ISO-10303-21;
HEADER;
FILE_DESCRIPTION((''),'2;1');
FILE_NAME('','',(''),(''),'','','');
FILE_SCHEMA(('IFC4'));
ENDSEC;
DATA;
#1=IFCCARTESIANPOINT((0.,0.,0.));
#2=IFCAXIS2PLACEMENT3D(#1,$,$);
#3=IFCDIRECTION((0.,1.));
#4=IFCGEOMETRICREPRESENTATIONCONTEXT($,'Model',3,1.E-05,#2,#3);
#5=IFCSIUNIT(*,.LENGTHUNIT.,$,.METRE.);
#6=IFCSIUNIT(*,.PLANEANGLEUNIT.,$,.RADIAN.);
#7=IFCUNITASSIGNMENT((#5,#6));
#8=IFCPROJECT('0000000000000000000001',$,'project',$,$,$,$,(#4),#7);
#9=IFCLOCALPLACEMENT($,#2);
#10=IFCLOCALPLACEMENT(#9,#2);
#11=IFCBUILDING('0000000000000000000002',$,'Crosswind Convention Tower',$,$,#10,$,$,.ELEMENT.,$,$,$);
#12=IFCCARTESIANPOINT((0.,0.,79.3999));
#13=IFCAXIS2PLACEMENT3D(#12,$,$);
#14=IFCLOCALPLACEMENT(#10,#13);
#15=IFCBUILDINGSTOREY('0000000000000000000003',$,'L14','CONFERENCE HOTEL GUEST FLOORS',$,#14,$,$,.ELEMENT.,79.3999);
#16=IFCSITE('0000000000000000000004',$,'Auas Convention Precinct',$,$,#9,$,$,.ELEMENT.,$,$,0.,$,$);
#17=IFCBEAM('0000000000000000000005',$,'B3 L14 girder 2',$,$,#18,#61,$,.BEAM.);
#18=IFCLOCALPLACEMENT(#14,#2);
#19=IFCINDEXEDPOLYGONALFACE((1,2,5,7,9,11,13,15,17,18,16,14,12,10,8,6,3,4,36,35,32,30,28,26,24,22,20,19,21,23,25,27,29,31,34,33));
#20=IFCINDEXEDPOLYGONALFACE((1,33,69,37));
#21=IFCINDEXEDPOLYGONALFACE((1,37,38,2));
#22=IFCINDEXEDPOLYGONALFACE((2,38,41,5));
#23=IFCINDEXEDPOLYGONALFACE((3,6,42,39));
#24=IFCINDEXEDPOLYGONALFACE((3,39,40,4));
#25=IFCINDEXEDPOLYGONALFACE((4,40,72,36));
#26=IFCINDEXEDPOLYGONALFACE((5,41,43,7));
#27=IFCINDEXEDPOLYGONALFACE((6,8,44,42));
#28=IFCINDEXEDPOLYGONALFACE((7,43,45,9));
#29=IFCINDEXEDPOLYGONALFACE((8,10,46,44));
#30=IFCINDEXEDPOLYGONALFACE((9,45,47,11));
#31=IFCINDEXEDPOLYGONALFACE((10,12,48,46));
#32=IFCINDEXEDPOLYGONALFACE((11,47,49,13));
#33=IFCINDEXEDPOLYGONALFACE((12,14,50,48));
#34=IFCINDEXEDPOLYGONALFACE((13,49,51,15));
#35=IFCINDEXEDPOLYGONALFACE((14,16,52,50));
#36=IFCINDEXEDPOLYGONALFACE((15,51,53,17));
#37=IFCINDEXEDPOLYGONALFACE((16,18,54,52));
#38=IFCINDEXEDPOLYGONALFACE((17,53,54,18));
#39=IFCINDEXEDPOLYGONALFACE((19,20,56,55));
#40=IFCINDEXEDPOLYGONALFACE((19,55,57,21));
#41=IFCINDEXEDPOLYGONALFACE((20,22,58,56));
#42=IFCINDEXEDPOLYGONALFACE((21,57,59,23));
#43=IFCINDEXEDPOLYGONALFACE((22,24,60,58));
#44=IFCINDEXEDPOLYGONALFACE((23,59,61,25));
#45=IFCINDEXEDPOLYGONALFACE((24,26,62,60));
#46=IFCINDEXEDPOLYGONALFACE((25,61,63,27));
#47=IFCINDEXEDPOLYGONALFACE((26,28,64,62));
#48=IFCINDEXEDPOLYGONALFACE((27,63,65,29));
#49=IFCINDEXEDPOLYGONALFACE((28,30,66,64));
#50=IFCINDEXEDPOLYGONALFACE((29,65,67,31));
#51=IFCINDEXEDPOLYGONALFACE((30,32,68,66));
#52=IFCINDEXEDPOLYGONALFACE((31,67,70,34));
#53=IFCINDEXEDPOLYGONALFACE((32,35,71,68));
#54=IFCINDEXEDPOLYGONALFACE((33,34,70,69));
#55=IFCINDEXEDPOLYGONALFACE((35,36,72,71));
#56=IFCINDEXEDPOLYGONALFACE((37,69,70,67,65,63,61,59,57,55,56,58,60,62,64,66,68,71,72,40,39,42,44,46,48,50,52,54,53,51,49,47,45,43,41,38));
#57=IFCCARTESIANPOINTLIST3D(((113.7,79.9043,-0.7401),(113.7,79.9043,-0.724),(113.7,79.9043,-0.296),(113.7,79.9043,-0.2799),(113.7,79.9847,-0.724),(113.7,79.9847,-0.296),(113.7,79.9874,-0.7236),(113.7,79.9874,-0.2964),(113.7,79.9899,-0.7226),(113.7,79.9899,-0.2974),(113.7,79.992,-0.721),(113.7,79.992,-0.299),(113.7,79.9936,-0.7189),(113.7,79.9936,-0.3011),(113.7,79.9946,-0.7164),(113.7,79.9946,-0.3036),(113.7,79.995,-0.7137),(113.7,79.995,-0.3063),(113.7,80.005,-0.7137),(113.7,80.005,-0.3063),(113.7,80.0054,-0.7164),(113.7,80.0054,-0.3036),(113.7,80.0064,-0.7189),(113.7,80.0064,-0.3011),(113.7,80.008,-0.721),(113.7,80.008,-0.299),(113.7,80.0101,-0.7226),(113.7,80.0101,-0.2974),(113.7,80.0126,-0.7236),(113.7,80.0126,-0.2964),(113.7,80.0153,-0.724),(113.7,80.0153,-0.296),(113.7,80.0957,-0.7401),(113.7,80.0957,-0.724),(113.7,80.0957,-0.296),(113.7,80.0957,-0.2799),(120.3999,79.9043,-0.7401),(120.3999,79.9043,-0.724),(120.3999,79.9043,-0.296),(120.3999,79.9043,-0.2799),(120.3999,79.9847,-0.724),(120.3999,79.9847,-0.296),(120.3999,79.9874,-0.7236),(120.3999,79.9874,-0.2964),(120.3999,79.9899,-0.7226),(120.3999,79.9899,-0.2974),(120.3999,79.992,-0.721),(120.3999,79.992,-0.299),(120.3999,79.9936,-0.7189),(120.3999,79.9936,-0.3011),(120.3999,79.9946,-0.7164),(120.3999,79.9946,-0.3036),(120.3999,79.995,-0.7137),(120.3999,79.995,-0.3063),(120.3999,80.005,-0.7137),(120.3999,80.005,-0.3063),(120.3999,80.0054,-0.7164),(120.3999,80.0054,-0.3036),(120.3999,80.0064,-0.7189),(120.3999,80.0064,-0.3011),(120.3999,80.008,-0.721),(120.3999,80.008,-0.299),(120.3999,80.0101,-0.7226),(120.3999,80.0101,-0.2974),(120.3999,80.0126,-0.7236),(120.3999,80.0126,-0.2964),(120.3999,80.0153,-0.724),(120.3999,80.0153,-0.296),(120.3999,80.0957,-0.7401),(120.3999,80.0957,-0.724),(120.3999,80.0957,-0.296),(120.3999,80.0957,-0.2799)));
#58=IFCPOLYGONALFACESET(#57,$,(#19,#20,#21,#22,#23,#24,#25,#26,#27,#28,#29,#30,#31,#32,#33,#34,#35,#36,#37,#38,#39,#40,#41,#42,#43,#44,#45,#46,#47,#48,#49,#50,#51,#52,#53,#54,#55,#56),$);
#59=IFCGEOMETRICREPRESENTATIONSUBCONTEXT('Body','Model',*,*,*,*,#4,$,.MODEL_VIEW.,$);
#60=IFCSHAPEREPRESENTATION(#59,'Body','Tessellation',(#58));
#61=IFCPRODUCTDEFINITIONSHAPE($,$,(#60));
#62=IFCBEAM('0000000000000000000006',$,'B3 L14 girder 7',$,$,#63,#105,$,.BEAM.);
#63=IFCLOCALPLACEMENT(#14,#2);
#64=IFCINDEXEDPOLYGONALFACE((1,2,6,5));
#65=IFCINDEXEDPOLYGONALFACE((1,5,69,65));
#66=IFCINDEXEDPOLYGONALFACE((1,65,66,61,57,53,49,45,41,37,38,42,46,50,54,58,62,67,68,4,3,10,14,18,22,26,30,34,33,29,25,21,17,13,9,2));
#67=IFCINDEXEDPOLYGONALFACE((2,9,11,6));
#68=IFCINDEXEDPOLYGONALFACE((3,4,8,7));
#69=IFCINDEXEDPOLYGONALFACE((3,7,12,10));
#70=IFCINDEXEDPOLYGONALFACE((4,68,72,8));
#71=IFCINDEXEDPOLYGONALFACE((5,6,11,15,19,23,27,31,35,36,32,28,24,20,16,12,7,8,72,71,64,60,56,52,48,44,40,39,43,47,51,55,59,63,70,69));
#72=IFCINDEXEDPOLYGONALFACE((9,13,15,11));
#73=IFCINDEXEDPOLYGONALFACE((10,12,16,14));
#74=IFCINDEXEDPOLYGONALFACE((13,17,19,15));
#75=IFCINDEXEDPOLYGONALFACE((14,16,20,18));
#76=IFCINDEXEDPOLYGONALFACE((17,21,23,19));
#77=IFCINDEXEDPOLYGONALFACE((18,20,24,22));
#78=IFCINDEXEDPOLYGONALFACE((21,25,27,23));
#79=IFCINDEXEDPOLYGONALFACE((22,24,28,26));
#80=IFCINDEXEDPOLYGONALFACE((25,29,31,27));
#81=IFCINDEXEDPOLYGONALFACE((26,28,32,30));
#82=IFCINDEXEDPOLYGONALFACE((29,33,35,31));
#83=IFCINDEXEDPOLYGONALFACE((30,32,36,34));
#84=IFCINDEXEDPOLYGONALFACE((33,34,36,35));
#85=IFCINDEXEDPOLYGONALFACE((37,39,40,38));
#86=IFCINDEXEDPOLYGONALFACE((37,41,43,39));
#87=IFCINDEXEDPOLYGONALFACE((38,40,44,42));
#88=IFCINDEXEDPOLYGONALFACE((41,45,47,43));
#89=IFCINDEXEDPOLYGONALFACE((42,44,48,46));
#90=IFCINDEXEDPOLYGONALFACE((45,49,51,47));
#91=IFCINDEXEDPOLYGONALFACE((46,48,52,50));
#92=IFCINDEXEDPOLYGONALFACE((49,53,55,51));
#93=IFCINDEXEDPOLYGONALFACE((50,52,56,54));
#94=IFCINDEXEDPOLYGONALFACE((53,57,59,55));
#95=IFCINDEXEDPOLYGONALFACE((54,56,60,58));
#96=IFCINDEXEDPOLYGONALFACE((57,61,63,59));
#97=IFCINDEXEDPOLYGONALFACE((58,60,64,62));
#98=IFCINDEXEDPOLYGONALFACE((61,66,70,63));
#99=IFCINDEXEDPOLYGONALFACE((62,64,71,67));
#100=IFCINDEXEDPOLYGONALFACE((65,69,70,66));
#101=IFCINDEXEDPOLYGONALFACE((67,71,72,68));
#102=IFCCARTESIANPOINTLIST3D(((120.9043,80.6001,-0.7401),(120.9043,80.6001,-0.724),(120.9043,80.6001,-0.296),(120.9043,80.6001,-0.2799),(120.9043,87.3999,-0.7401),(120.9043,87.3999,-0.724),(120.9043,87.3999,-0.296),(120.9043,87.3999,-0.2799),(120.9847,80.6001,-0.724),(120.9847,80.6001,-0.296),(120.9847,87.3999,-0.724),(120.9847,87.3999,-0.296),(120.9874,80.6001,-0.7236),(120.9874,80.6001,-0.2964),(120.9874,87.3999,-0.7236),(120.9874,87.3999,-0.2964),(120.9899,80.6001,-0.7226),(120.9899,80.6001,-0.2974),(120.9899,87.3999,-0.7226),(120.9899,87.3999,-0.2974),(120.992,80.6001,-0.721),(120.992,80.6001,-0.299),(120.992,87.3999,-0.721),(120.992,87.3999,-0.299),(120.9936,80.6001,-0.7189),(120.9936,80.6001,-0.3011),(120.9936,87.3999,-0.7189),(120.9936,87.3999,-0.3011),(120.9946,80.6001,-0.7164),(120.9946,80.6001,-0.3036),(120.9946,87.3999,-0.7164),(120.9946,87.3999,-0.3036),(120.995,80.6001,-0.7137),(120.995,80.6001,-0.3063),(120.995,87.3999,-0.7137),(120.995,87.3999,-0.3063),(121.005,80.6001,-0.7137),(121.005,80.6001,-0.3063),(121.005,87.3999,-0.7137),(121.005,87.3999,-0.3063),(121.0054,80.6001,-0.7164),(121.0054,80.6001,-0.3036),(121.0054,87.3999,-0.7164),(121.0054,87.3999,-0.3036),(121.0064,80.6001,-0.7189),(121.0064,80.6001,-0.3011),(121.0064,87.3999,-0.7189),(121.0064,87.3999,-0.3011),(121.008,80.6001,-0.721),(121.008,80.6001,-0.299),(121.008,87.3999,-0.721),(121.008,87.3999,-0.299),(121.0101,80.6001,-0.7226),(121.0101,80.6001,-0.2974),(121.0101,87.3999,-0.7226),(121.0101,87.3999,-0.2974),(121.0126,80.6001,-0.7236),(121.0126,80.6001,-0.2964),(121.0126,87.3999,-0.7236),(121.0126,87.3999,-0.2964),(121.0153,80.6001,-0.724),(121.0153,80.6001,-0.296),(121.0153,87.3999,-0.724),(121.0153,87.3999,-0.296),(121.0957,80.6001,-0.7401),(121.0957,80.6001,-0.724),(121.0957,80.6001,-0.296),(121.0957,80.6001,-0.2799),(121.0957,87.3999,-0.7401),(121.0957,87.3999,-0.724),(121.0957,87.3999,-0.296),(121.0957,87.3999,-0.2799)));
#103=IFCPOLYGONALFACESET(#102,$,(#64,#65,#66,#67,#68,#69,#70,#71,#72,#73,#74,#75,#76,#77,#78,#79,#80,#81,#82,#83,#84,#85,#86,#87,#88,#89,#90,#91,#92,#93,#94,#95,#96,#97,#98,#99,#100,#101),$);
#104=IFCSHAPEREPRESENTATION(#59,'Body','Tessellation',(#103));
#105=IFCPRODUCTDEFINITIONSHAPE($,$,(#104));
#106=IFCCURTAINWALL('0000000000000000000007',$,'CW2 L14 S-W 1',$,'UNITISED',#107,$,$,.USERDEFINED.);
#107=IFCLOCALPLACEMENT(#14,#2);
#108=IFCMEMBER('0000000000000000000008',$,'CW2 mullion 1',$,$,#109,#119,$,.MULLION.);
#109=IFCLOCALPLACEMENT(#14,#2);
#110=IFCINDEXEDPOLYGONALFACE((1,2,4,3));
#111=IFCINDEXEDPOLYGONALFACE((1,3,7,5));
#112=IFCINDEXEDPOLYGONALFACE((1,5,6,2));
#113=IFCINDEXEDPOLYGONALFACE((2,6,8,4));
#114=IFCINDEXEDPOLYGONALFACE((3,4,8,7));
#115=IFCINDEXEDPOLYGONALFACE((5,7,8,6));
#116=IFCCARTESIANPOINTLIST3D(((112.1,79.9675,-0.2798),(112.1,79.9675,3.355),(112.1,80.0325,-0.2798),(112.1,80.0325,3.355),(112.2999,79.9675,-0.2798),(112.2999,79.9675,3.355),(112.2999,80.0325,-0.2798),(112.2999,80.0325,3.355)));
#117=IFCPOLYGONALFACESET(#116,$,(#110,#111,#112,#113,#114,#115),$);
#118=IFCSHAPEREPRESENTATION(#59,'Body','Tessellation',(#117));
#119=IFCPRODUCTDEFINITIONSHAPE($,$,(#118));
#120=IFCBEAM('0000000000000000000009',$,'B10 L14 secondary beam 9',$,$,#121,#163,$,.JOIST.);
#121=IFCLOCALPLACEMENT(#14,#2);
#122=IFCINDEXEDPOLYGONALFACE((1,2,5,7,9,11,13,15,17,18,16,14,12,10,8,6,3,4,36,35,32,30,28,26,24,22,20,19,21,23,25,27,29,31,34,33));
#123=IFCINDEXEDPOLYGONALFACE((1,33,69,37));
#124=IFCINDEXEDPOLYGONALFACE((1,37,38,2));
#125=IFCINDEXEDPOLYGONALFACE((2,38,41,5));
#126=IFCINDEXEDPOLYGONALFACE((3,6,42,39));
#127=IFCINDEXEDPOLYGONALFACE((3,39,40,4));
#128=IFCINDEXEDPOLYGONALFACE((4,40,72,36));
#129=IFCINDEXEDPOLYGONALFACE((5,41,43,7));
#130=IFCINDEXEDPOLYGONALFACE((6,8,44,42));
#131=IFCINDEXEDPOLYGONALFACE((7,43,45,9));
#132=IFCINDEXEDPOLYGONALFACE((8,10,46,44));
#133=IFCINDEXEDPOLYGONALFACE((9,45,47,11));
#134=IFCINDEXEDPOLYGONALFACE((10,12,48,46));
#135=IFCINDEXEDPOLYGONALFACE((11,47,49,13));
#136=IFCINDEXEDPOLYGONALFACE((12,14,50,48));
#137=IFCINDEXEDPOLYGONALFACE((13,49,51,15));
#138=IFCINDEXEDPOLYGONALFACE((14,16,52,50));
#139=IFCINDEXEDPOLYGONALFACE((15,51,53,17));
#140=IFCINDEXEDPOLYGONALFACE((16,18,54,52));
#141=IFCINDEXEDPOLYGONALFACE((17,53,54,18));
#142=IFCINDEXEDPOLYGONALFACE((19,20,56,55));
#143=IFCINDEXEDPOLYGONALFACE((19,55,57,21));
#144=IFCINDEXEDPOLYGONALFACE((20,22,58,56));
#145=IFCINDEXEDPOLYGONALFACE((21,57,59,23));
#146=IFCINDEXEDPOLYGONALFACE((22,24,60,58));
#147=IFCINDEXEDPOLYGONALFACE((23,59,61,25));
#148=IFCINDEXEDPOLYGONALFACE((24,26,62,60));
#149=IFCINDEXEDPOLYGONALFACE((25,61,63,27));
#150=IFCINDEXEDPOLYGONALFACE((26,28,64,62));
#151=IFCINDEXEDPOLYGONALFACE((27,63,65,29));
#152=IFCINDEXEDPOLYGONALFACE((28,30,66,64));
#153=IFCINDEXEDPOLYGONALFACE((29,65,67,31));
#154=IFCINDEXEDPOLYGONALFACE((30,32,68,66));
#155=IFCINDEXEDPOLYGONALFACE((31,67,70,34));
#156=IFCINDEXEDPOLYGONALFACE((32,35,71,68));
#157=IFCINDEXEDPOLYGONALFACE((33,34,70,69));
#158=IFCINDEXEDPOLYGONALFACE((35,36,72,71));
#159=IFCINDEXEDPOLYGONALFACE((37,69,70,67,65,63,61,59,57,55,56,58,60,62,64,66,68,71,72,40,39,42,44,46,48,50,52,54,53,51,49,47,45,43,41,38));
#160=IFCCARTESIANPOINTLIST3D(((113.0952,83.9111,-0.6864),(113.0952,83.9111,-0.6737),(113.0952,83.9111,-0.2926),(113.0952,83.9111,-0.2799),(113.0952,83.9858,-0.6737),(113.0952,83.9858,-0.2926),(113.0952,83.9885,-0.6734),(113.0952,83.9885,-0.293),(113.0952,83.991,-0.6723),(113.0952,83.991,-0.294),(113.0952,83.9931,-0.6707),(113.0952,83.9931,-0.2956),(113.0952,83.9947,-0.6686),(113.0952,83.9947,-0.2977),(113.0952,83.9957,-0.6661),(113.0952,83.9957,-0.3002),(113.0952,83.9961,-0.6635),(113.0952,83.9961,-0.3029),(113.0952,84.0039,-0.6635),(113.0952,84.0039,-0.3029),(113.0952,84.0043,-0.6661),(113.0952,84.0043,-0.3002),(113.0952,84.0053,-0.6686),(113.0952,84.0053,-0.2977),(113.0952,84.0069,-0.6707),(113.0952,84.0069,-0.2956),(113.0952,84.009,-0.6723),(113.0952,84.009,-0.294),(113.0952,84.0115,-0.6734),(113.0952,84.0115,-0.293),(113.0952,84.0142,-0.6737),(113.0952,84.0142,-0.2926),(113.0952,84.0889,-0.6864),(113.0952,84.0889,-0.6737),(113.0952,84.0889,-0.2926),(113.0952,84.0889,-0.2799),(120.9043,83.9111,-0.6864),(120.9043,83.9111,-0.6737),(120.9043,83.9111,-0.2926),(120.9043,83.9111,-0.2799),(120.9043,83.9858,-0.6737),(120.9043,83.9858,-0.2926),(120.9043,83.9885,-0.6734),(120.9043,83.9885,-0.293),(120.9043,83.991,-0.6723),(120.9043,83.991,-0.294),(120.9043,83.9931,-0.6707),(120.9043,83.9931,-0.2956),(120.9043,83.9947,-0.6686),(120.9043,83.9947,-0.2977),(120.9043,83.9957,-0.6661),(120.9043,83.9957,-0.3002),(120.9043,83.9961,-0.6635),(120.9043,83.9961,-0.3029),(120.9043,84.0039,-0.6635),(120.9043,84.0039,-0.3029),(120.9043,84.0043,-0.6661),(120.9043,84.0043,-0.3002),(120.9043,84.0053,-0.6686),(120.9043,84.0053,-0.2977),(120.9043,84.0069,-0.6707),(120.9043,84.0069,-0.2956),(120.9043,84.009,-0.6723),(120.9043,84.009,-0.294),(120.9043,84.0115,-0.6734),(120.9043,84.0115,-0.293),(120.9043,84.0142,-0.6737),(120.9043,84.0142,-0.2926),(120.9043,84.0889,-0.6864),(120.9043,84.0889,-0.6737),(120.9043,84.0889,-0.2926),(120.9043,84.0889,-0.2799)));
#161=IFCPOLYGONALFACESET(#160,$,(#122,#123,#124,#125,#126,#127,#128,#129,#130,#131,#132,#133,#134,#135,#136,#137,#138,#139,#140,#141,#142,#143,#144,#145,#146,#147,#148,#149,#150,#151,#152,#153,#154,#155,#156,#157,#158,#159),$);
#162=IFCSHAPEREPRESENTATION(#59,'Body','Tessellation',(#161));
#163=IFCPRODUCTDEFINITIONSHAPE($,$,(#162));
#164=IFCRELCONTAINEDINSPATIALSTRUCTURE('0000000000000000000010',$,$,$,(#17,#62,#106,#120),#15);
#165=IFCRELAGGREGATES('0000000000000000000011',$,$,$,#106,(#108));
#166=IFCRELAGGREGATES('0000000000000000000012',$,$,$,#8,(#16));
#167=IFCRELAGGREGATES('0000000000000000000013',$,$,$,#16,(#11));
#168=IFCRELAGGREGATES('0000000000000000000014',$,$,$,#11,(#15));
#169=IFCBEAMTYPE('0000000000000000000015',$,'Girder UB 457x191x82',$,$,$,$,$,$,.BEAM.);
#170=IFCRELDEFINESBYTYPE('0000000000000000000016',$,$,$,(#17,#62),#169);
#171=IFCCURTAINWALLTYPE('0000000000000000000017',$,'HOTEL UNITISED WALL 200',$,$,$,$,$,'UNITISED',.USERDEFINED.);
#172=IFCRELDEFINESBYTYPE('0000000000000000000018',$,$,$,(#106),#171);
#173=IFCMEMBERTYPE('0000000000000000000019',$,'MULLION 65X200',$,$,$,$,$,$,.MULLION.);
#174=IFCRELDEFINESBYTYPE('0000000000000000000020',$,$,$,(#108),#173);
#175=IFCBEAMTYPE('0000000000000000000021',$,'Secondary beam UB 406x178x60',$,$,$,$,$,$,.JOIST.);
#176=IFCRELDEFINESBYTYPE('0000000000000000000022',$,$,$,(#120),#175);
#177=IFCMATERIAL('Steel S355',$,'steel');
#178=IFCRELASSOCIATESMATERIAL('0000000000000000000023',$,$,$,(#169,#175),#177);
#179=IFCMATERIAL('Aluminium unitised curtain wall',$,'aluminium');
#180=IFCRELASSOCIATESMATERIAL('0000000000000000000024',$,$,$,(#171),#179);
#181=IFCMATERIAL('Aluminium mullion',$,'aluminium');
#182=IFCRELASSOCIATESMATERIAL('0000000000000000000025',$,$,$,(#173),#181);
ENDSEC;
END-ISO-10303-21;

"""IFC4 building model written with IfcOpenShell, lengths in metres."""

from ifc_helpers import new_model, si_unit, direction, frame, origin, origin_2d, place, context, subcontext, project, spatial, rectangle, i_section, extrude, material, material_profile, profile_set, type_object, element, aggregate, save


model = new_model("IFC4")

# Units and contexts
model_context = context("Model", 3, precision=1e-05, world=origin(), true_north=direction((0.0, 1.0)))
body_context = subcontext(model_context, "Body", "Model", "MODEL_VIEW")
ifc_project = project(units=[si_unit("LENGTHUNIT", "METRE"), si_unit("PLANEANGLEUNIT", "RADIAN")], contexts=[model_context])

# Site, building, storey
site_placement = place(None, origin())
site = spatial("IfcSite", under=ifc_project, at=site_placement, Name="Auas Convention Precinct", CompositionType="ELEMENT", RefElevation=0.0)
building_placement = place(site_placement, origin())
building = spatial("IfcBuilding", under=site, at=building_placement, Name="Crosswind Convention Tower", CompositionType="ELEMENT")
storey_placement = place(building_placement, frame((0.0, 0.0, 79.3999)))
storey = spatial("IfcBuildingStorey", under=building, at=storey_placement, Name="L14", Description="CONFERENCE HOTEL GUEST FLOORS", CompositionType="ELEMENT", Elevation=79.3999)

# Beams
ifc_material_1 = material(Name="Steel S355", Category="steel")
ifc_material_profile_1 = material_profile(ifc_material_1, i_section(OverallWidth=0.1914, OverallDepth=0.4602, WebThickness=0.01, FlangeThickness=0.0161, FilletRadius=0.0103, at=origin_2d()), Name="UB 457x191x82")
ifc_profile_set_1 = profile_set([ifc_material_profile_1], Name="Steel S355")
beam_type_1 = type_object("IfcBeamType", Name="Girder UB 457x191x82", PredefinedType="BEAM", material=ifc_profile_set_1)
beam_1_placement = place(storey_placement, frame((113.7, 80.0, -0.51), z_axis=(1.0, 0.0, 0.0), x_axis=(0.0, 1.0, 0.0)))
element("IfcBeam", 1, at=beam_1_placement, inside=storey, type_object=beam_type_1, Name="B3 L14 girder 2", PredefinedType="BEAM", context=body_context, shape_type="SweptSolid", body=[
    extrude(i_section(OverallWidth=0.1914, OverallDepth=0.4602, WebThickness=0.01, FlangeThickness=0.0161, FilletRadius=0.0103, at=origin_2d()), origin(), (0.0, 0.0, 1.0), 6.7),
])
beam_2_placement = place(storey_placement, frame((121.0, 80.6001, -0.51), z_axis=(0.0, 1.0, 0.0), x_axis=(-1.0, 0.0, 0.0)))
element("IfcBeam", 2, at=beam_2_placement, inside=storey, type_object=beam_type_1, Name="B3 L14 girder 7", PredefinedType="BEAM", context=body_context, shape_type="SweptSolid", body=[
    extrude(i_section(OverallWidth=0.1914, OverallDepth=0.4602, WebThickness=0.01, FlangeThickness=0.0161, FilletRadius=0.0103, at=origin_2d()), origin(), (0.0, 0.0, 1.0), 6.7998),
])

# Curtain wall, member
ifc_material_2 = material(Name="Aluminium unitised curtain wall", Category="aluminium")
curtain_wall_type = type_object("IfcCurtainWallType", Name="HOTEL UNITISED WALL 200", ElementType="UNITISED", PredefinedType="USERDEFINED", material=ifc_material_2)
curtain_wall_placement = place(storey_placement, origin())
curtain_wall = element("IfcCurtainWall", 3, at=curtain_wall_placement, inside=storey, type_object=curtain_wall_type, Name="CW2 L14 S-W 1", ObjectType="UNITISED", PredefinedType="USERDEFINED")
ifc_material_3 = material(Name="Aluminium mullion", Category="aluminium")
ifc_material_profile_2 = material_profile(ifc_material_3, rectangle(XDim=0.2, YDim=0.0649, at=origin_2d()), Name="AL 200X65")
ifc_profile_set_2 = profile_set([ifc_material_profile_2], Name="Aluminium mullion")
member_type_1 = type_object("IfcMemberType", Name="MULLION 65X200", PredefinedType="MULLION", material=ifc_profile_set_2)
member_1_placement = place(storey_placement, frame((112.2, 80.0, -0.2798), z_axis=(0.0, 0.0, 1.0), x_axis=(-1.0, 0.0, 0.0)))
member_1 = element("IfcMember", 4, at=member_1_placement, type_object=member_type_1, Name="CW2 mullion 1", PredefinedType="MULLION", context=body_context, shape_type="SweptSolid", body=[
    extrude(rectangle(XDim=0.2, YDim=0.0649, at=origin_2d()), origin(), (0.0, 0.0, 1.0), 3.6348),
])

# Beam
ifc_material_profile_3 = material_profile(ifc_material_1, i_section(OverallWidth=0.1777, OverallDepth=0.4065, WebThickness=0.0078, FlangeThickness=0.0127, FilletRadius=0.0103, at=origin_2d()), Name="UB 406x178x60")
ifc_profile_set_3 = profile_set([ifc_material_profile_3], Name="Steel S355")
beam_type_2 = type_object("IfcBeamType", Name="Secondary beam UB 406x178x60", PredefinedType="JOIST", material=ifc_profile_set_3)
beam_3_placement = place(storey_placement, frame((113.0952, 84.0, -0.4832), z_axis=(1.0, 0.0, 0.0), x_axis=(0.0, 1.0, 0.0)))
element("IfcBeam", 5, at=beam_3_placement, inside=storey, type_object=beam_type_2, Name="B10 L14 secondary beam 9", PredefinedType="JOIST", context=body_context, shape_type="SweptSolid", body=[
    extrude(i_section(OverallWidth=0.1777, OverallDepth=0.4065, WebThickness=0.0078, FlangeThickness=0.0127, FilletRadius=0.0103, at=origin_2d()), origin(), (0.0, 0.0, 1.0), 7.8091),
])

aggregate(curtain_wall, [member_1])

save(model, "model.ifc")
